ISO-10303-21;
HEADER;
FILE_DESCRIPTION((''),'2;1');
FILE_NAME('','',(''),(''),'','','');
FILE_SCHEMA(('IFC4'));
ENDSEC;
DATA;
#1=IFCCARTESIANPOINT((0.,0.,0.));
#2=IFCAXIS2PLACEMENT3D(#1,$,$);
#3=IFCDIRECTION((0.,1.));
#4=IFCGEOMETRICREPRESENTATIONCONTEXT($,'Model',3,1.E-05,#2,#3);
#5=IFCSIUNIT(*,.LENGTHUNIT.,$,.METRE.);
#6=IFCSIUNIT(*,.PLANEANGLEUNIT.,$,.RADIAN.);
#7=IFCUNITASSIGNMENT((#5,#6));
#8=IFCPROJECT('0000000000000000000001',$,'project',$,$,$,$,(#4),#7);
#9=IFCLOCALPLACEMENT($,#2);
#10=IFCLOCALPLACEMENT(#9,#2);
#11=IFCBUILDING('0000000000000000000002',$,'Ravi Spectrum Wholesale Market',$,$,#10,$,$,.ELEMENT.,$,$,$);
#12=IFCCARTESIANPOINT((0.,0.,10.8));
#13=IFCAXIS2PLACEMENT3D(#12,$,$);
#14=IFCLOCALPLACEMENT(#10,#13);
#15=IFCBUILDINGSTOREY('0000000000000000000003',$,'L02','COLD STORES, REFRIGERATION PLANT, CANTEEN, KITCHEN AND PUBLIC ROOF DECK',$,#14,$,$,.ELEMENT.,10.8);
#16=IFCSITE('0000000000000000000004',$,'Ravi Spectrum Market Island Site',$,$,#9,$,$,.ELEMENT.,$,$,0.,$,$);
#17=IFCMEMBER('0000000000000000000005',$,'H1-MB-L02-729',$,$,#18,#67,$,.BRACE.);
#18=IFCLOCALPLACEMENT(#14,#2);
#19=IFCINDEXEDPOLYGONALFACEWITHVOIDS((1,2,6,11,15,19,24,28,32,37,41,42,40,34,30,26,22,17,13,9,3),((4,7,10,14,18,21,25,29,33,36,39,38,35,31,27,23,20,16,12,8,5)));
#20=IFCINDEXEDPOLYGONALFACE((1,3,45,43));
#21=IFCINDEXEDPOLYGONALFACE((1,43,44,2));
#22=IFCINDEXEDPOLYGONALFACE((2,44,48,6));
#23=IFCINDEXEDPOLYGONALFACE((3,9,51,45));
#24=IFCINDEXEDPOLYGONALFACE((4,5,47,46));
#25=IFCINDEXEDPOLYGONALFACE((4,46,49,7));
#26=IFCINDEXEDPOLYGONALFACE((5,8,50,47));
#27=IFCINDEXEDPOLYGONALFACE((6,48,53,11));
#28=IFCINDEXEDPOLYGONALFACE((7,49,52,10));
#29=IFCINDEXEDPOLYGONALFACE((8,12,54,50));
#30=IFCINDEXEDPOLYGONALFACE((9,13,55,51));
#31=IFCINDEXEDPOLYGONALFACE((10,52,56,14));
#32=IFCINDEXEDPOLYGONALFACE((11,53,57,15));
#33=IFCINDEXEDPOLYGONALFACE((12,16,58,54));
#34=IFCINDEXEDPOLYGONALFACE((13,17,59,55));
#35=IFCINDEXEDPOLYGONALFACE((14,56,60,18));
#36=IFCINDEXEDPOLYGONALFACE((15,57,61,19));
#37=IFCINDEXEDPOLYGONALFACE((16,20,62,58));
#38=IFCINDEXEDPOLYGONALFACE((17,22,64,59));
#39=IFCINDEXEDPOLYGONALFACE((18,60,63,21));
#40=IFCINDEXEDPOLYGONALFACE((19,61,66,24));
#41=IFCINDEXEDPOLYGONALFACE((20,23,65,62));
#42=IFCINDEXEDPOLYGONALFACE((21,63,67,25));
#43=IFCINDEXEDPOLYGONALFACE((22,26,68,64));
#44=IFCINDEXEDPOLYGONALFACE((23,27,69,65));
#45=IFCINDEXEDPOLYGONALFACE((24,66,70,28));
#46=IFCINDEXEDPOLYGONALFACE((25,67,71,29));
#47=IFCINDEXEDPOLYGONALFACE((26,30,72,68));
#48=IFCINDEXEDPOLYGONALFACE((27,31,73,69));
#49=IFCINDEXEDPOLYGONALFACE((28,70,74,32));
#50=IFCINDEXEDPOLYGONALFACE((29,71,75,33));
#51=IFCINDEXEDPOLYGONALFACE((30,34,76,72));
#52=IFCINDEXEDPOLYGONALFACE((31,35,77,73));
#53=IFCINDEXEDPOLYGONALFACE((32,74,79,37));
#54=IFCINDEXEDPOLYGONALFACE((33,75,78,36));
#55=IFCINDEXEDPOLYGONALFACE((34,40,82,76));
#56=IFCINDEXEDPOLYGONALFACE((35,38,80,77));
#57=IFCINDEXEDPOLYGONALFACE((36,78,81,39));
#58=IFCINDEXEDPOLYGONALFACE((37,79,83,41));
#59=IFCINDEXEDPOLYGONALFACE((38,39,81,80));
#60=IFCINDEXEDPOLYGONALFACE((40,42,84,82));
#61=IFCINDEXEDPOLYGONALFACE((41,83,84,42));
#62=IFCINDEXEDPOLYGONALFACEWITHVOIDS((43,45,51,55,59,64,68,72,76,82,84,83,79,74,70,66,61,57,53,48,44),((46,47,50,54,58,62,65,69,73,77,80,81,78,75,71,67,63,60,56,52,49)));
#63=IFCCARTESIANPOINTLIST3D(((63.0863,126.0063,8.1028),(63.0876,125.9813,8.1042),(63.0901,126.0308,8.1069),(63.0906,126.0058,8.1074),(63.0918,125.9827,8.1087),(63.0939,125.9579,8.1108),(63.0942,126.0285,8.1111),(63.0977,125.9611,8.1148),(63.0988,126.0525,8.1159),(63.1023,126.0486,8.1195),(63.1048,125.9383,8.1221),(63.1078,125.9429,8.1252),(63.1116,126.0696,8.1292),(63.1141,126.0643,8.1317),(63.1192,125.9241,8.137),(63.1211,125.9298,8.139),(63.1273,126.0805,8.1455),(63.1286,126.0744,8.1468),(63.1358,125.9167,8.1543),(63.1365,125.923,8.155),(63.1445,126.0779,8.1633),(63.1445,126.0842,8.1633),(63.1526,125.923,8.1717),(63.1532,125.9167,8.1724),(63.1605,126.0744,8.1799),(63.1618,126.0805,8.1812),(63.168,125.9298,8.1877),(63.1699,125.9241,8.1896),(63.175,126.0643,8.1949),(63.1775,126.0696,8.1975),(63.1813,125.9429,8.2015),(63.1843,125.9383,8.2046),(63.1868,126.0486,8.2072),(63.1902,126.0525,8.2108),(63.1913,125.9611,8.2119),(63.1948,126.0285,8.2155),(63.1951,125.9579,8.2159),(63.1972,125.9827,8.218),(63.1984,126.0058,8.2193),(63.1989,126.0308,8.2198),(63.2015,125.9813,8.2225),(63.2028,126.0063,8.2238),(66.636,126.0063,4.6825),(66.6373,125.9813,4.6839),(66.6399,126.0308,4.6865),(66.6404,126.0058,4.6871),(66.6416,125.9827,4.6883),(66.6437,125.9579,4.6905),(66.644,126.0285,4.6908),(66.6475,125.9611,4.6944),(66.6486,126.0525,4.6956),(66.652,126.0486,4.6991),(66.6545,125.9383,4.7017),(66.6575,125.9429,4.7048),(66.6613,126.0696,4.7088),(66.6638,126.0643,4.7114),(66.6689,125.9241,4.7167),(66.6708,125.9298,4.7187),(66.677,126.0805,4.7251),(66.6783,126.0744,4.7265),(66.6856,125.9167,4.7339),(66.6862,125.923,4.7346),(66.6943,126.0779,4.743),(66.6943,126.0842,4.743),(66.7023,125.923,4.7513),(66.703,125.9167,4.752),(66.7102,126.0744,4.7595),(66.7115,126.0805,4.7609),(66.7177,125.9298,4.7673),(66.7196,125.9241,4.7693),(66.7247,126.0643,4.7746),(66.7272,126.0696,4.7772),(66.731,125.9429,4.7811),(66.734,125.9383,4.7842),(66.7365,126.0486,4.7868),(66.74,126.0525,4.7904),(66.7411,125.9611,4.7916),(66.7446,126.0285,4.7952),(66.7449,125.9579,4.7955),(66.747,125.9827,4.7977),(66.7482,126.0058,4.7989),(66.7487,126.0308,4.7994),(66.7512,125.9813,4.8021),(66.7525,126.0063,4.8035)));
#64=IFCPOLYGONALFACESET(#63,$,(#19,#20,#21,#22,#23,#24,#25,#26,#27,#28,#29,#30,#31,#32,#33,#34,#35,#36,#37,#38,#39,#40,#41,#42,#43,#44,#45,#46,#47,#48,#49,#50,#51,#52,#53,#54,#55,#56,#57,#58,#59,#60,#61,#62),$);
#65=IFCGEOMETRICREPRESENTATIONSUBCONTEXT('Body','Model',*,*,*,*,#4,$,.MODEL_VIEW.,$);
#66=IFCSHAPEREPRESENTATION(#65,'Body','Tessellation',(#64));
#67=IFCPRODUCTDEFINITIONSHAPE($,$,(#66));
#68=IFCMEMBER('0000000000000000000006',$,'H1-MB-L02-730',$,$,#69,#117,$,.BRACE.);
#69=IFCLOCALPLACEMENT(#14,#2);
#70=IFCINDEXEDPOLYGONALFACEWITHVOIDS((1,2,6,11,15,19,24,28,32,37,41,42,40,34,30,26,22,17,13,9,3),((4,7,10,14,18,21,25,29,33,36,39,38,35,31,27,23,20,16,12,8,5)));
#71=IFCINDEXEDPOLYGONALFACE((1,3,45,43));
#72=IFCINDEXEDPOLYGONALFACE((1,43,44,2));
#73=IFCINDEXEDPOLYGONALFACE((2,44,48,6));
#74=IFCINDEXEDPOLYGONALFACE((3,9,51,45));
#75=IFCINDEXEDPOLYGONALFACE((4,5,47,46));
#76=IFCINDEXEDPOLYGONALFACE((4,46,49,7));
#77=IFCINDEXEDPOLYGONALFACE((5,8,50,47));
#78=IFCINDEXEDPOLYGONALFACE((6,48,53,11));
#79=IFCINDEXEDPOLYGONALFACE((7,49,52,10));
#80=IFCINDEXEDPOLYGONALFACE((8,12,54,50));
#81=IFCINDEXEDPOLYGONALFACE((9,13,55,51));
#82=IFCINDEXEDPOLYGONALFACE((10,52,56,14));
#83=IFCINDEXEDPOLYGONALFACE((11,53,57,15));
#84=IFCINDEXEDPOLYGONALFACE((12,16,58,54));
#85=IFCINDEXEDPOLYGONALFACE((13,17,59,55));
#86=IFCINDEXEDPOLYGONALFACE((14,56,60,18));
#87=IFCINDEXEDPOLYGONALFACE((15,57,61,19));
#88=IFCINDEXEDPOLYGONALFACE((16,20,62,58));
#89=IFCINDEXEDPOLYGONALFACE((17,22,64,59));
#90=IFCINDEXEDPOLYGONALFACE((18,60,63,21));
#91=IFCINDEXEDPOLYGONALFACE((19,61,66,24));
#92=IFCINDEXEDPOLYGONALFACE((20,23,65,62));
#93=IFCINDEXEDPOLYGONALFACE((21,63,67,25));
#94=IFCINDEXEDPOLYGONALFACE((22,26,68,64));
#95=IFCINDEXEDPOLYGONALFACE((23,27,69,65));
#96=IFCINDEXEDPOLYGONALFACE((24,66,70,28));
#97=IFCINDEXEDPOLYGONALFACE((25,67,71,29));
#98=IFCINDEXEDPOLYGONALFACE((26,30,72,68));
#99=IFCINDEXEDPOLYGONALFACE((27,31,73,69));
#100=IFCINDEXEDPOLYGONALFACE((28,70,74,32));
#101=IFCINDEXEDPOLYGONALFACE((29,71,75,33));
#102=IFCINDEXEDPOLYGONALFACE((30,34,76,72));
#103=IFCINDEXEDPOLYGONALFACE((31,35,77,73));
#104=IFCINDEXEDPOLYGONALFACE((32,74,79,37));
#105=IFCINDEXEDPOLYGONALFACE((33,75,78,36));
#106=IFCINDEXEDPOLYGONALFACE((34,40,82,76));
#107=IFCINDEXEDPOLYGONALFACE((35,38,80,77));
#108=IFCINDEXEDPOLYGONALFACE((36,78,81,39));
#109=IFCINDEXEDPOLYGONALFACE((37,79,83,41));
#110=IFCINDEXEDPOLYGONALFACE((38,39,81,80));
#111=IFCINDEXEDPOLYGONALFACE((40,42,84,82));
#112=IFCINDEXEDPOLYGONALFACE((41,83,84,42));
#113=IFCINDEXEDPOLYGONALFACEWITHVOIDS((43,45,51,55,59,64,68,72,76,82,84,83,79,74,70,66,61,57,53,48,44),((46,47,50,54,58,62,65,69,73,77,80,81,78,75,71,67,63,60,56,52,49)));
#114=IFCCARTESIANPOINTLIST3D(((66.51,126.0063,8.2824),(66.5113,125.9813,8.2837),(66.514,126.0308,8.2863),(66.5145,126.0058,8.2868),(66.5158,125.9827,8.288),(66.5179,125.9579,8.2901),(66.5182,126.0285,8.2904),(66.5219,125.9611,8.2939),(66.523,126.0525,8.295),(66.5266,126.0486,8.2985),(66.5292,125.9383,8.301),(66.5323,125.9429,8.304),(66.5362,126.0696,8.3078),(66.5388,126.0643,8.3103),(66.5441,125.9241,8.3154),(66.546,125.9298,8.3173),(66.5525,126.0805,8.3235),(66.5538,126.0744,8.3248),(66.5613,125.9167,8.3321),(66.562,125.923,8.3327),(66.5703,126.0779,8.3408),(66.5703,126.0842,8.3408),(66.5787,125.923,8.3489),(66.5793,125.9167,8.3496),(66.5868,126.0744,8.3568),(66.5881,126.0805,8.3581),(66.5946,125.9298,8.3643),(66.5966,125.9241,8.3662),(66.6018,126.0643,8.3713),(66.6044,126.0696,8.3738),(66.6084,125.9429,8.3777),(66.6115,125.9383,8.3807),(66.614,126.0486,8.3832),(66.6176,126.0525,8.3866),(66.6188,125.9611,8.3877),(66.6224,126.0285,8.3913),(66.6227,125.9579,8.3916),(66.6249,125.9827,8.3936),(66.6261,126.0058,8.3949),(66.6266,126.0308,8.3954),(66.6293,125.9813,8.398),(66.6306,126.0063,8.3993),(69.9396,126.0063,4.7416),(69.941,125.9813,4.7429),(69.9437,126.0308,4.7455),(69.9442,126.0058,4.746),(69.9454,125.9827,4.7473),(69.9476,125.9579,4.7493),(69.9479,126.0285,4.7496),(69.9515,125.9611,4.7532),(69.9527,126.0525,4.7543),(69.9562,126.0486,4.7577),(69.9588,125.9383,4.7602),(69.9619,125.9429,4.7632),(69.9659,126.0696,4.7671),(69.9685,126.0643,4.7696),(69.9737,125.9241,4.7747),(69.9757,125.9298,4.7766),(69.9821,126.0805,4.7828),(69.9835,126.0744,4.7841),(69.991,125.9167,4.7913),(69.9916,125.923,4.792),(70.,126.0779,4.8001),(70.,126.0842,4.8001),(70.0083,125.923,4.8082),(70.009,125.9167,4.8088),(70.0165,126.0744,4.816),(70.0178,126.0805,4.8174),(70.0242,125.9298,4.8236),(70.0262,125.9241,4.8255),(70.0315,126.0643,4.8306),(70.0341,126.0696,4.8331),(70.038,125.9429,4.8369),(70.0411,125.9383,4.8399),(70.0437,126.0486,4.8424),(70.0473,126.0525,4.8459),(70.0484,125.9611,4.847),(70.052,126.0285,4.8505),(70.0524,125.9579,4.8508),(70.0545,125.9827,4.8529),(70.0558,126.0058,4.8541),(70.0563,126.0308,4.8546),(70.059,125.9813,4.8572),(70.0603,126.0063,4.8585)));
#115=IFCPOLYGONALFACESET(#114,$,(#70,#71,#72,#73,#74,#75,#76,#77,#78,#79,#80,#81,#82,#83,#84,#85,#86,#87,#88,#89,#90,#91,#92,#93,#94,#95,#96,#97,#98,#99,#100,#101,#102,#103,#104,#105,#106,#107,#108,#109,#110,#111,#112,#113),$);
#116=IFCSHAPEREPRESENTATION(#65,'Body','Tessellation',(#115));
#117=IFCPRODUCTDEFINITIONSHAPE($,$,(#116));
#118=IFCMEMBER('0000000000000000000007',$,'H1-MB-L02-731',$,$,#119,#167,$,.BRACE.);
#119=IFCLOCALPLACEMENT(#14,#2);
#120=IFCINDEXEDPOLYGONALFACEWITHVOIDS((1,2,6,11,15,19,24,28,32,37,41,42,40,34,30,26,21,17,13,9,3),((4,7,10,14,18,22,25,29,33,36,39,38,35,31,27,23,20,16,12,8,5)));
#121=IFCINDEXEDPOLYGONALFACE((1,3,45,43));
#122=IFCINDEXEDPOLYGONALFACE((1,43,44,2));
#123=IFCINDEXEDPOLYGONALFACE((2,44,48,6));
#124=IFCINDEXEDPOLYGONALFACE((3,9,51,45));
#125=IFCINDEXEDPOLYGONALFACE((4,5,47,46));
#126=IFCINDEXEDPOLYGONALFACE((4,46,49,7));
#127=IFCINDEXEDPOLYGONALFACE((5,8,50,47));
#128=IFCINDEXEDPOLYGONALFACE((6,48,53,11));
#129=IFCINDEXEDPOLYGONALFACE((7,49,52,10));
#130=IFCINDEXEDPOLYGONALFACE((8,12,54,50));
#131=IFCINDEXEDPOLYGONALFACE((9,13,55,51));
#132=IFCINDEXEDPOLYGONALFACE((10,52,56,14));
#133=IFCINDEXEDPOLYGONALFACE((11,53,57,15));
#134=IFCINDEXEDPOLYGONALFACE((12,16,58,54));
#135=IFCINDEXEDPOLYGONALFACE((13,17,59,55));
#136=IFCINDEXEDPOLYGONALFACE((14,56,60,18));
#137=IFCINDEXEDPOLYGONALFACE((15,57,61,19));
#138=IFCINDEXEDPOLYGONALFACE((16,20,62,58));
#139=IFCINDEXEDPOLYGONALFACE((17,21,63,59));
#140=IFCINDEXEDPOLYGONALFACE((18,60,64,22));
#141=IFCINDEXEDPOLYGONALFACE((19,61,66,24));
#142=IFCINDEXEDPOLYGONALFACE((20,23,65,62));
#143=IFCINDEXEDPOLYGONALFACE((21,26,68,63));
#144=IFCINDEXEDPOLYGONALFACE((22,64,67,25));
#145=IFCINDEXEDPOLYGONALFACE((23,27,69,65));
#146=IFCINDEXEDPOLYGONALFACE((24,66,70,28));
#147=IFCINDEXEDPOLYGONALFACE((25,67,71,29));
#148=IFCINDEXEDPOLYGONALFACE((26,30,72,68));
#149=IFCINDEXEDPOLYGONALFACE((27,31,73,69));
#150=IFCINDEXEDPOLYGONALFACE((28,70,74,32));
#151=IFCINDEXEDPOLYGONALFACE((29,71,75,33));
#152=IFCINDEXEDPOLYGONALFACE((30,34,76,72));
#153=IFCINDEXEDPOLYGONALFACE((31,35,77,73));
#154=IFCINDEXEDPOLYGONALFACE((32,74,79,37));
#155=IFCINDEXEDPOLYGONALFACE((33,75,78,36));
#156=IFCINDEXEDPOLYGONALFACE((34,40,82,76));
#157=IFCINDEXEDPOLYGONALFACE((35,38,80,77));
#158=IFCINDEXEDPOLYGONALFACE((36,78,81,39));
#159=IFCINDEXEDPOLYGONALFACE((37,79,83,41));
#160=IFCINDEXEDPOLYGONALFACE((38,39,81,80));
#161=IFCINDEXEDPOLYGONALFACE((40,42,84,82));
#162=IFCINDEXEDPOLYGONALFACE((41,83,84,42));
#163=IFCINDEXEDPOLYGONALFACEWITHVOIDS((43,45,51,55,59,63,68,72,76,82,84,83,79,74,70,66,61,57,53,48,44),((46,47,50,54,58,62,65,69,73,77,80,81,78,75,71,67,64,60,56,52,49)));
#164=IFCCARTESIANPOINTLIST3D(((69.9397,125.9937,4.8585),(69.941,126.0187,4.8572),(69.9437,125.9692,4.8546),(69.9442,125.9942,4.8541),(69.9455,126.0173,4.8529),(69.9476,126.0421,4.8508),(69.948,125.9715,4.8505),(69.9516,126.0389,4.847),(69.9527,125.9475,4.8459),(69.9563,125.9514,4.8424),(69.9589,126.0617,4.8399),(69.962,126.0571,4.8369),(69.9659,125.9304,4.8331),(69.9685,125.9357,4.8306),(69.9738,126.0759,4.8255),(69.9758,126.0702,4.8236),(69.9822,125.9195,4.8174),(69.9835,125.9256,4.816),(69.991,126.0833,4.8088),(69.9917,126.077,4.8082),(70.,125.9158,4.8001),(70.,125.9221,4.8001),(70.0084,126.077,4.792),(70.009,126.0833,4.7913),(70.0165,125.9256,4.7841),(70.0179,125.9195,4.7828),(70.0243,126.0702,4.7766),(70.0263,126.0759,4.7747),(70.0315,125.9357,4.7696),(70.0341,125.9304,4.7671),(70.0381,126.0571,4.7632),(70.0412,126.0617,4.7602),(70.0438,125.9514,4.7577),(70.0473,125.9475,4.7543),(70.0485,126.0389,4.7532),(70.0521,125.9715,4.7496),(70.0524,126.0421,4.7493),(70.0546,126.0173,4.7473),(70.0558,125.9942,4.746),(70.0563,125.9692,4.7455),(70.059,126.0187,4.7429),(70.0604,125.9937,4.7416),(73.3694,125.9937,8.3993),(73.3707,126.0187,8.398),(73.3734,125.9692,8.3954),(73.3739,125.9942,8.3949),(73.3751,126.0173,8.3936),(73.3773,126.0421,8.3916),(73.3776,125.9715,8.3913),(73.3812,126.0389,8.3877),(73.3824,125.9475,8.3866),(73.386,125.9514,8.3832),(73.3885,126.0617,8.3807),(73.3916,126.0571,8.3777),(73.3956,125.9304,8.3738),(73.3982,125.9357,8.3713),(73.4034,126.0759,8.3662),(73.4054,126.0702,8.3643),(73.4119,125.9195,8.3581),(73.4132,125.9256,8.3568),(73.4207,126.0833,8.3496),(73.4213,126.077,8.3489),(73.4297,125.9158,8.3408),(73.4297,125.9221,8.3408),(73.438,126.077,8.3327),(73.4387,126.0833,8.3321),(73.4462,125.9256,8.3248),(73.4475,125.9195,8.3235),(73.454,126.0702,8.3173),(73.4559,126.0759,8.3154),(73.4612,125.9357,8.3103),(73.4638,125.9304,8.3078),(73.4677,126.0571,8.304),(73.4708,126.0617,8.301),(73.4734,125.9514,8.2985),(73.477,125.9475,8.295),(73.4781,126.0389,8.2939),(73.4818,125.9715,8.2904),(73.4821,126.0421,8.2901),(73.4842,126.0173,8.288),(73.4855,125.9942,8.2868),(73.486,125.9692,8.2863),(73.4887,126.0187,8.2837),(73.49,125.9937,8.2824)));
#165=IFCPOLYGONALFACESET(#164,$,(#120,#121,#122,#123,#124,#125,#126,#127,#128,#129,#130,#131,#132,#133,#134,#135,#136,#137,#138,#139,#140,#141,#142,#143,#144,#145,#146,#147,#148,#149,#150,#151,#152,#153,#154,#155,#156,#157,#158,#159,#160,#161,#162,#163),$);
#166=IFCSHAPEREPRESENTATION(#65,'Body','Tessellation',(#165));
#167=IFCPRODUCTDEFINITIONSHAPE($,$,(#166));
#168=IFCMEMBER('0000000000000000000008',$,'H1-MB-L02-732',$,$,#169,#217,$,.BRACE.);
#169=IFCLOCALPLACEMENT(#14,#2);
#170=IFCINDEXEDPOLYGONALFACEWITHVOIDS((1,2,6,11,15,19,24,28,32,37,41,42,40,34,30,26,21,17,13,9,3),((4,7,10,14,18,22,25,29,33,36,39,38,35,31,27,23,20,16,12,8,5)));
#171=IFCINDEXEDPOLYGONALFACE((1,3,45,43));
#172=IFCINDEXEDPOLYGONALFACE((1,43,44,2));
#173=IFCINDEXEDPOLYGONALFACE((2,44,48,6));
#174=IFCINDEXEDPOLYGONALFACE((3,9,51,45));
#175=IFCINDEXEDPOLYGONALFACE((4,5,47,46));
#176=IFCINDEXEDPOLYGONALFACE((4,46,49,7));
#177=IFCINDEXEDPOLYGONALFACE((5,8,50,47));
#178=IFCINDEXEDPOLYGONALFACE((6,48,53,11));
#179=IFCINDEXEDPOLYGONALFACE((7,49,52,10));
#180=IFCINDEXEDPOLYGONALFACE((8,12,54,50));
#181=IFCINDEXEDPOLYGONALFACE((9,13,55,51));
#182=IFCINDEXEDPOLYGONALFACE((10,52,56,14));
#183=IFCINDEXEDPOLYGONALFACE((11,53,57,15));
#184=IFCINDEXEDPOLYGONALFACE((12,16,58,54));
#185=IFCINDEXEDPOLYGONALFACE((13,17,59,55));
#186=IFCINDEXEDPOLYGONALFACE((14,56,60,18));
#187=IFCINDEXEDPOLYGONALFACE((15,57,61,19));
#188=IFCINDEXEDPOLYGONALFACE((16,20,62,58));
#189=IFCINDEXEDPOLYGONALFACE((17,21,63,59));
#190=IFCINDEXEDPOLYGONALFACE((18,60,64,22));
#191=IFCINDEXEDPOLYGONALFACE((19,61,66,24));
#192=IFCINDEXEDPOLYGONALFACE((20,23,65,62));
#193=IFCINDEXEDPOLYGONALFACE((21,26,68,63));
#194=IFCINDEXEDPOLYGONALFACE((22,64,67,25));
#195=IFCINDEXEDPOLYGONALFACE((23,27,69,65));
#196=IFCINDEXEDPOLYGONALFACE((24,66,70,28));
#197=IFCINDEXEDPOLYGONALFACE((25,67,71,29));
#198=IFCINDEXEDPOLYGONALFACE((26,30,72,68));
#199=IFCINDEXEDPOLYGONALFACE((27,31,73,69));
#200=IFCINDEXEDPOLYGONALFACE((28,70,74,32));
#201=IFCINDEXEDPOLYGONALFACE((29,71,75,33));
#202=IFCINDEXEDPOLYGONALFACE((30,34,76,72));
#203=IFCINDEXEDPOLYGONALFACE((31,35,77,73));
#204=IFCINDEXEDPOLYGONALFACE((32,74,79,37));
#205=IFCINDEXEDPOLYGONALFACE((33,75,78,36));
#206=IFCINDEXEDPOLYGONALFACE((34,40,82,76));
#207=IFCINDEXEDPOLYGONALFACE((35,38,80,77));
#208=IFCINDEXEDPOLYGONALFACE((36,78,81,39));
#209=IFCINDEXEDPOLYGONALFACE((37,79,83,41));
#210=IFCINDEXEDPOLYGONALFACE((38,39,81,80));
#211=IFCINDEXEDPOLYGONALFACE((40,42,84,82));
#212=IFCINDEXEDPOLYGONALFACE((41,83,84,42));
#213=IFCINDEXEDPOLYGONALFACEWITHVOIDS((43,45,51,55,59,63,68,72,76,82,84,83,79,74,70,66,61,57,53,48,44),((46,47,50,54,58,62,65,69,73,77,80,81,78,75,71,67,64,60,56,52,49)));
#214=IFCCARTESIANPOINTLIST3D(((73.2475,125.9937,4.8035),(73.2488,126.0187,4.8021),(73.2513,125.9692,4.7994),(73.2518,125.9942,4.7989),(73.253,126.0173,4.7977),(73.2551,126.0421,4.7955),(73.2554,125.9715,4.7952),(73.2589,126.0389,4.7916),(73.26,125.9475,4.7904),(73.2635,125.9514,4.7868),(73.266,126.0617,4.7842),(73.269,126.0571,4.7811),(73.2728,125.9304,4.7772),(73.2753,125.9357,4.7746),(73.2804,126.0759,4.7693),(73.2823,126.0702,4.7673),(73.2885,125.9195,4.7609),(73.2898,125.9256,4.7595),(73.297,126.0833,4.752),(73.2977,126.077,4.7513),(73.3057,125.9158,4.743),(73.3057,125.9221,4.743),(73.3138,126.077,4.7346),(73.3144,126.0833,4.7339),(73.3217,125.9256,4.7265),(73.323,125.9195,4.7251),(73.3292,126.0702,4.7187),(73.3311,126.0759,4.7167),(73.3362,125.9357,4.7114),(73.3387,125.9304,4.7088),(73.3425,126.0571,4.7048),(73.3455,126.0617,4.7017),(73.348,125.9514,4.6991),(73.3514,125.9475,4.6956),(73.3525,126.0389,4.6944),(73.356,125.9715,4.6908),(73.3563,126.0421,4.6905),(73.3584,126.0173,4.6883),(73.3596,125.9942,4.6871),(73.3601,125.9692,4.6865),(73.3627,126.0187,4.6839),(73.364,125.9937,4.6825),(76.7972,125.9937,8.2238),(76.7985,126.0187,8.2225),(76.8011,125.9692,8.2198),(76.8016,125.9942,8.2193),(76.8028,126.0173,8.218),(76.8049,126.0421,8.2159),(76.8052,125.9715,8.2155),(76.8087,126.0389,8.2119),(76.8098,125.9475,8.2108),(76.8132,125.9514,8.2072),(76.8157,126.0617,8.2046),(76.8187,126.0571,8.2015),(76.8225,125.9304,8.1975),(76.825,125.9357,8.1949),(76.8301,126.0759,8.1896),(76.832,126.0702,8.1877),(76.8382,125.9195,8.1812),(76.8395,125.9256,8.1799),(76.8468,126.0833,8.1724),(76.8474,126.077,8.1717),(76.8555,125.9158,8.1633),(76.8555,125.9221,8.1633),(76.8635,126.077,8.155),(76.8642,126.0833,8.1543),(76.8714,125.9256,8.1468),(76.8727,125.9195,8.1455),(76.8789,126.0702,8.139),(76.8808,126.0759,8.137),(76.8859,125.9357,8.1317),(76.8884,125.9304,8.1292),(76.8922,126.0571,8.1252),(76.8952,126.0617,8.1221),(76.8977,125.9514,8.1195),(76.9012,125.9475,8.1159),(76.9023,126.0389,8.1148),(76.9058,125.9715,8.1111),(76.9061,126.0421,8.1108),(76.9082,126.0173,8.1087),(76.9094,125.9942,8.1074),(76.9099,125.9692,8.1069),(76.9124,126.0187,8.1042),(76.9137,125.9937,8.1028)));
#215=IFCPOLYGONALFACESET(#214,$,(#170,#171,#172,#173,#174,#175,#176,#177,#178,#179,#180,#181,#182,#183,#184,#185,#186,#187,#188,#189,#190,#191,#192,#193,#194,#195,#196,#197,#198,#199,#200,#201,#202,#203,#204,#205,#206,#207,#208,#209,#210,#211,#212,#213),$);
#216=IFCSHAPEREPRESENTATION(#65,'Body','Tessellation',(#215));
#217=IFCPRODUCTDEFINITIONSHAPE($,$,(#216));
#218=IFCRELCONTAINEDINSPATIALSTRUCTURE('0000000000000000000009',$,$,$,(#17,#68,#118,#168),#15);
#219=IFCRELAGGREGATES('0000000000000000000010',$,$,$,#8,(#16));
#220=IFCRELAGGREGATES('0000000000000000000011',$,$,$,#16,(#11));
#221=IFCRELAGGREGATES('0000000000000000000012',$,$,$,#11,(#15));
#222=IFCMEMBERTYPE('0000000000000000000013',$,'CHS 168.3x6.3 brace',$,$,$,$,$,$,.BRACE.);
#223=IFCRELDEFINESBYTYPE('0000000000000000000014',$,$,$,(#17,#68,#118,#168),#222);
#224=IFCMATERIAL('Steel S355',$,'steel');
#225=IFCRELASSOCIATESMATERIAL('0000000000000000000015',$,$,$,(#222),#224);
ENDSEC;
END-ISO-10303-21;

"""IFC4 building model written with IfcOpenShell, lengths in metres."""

from ifc_helpers import new_model, si_unit, direction, frame, origin, origin_2d, place, context, subcontext, project, spatial, hollow_circle, extrude, material, material_profile, profile_set, type_object, element, save


model = new_model("IFC4")

# Units and contexts
model_context = context("Model", 3, precision=1e-05, world=origin(), true_north=direction((0.0, 1.0)))
body_context = subcontext(model_context, "Body", "Model", "MODEL_VIEW")
ifc_project = project(units=[si_unit("LENGTHUNIT", "METRE"), si_unit("PLANEANGLEUNIT", "RADIAN")], contexts=[model_context])

# Site, building, storey
site_placement = place(None, origin())
site = spatial("IfcSite", under=ifc_project, at=site_placement, Name="Ravi Spectrum Market Island Site", CompositionType="ELEMENT", RefElevation=0.0)
building_placement = place(site_placement, origin())
building = spatial("IfcBuilding", under=site, at=building_placement, Name="Ravi Spectrum Wholesale Market", CompositionType="ELEMENT")
storey_placement = place(building_placement, frame((0.0, 0.0, 10.8)))
storey = spatial("IfcBuildingStorey", under=building, at=storey_placement, Name="L02", Description="COLD STORES, REFRIGERATION PLANT, CANTEEN, KITCHEN AND PUBLIC ROOF DECK", CompositionType="ELEMENT", Elevation=10.8)

# Members
ifc_material_1 = material(Name="Steel S355", Category="steel")
ifc_material_profile_1 = material_profile(ifc_material_1, hollow_circle(Radius=0.0842, WallThickness=0.0063, at=origin_2d()))
ifc_profile_set_1 = profile_set([ifc_material_profile_1], Name="Steel S355")
member_type_1 = type_object("IfcMemberType", Name="CHS 168.3x6.3 brace", PredefinedType="BRACE", material=ifc_profile_set_1)
for number, where, z_axis, x_axis, name in (
    (1, (63.1445, 126.0, 8.1633), (0.720109, 0.0, -0.693861), (0.0, 1.0, 0.0), "H1-MB-L02-729"),
    (2, (66.5703, 126.0, 8.3408), (0.69575, 0.0, -0.718284), (0.0, 1.0, 0.0), "H1-MB-L02-730"),
    (3, (73.4297, 126.0, 8.3408), (-0.69575, 0.0, -0.718284), (0.0, -1.0, 0.0), "H1-MB-L02-731"),
    (4, (76.8555, 126.0, 8.1633), (-0.720109, 0.0, -0.693861), (0.0, -1.0, 0.0), "H1-MB-L02-732"),
):
    element("IfcMember", number, at=place(storey_placement, frame(where, z_axis=z_axis, x_axis=x_axis)), inside=storey, type_object=member_type_1, Name=name, PredefinedType="BRACE", context=body_context, shape_type="SweptSolid", body=[
        extrude(hollow_circle(Radius=0.0842, WallThickness=0.0063, at=origin_2d()), origin(), (0.0, 0.0, 1.0), 4.9294),
    ])

save(model, "model.ifc")
